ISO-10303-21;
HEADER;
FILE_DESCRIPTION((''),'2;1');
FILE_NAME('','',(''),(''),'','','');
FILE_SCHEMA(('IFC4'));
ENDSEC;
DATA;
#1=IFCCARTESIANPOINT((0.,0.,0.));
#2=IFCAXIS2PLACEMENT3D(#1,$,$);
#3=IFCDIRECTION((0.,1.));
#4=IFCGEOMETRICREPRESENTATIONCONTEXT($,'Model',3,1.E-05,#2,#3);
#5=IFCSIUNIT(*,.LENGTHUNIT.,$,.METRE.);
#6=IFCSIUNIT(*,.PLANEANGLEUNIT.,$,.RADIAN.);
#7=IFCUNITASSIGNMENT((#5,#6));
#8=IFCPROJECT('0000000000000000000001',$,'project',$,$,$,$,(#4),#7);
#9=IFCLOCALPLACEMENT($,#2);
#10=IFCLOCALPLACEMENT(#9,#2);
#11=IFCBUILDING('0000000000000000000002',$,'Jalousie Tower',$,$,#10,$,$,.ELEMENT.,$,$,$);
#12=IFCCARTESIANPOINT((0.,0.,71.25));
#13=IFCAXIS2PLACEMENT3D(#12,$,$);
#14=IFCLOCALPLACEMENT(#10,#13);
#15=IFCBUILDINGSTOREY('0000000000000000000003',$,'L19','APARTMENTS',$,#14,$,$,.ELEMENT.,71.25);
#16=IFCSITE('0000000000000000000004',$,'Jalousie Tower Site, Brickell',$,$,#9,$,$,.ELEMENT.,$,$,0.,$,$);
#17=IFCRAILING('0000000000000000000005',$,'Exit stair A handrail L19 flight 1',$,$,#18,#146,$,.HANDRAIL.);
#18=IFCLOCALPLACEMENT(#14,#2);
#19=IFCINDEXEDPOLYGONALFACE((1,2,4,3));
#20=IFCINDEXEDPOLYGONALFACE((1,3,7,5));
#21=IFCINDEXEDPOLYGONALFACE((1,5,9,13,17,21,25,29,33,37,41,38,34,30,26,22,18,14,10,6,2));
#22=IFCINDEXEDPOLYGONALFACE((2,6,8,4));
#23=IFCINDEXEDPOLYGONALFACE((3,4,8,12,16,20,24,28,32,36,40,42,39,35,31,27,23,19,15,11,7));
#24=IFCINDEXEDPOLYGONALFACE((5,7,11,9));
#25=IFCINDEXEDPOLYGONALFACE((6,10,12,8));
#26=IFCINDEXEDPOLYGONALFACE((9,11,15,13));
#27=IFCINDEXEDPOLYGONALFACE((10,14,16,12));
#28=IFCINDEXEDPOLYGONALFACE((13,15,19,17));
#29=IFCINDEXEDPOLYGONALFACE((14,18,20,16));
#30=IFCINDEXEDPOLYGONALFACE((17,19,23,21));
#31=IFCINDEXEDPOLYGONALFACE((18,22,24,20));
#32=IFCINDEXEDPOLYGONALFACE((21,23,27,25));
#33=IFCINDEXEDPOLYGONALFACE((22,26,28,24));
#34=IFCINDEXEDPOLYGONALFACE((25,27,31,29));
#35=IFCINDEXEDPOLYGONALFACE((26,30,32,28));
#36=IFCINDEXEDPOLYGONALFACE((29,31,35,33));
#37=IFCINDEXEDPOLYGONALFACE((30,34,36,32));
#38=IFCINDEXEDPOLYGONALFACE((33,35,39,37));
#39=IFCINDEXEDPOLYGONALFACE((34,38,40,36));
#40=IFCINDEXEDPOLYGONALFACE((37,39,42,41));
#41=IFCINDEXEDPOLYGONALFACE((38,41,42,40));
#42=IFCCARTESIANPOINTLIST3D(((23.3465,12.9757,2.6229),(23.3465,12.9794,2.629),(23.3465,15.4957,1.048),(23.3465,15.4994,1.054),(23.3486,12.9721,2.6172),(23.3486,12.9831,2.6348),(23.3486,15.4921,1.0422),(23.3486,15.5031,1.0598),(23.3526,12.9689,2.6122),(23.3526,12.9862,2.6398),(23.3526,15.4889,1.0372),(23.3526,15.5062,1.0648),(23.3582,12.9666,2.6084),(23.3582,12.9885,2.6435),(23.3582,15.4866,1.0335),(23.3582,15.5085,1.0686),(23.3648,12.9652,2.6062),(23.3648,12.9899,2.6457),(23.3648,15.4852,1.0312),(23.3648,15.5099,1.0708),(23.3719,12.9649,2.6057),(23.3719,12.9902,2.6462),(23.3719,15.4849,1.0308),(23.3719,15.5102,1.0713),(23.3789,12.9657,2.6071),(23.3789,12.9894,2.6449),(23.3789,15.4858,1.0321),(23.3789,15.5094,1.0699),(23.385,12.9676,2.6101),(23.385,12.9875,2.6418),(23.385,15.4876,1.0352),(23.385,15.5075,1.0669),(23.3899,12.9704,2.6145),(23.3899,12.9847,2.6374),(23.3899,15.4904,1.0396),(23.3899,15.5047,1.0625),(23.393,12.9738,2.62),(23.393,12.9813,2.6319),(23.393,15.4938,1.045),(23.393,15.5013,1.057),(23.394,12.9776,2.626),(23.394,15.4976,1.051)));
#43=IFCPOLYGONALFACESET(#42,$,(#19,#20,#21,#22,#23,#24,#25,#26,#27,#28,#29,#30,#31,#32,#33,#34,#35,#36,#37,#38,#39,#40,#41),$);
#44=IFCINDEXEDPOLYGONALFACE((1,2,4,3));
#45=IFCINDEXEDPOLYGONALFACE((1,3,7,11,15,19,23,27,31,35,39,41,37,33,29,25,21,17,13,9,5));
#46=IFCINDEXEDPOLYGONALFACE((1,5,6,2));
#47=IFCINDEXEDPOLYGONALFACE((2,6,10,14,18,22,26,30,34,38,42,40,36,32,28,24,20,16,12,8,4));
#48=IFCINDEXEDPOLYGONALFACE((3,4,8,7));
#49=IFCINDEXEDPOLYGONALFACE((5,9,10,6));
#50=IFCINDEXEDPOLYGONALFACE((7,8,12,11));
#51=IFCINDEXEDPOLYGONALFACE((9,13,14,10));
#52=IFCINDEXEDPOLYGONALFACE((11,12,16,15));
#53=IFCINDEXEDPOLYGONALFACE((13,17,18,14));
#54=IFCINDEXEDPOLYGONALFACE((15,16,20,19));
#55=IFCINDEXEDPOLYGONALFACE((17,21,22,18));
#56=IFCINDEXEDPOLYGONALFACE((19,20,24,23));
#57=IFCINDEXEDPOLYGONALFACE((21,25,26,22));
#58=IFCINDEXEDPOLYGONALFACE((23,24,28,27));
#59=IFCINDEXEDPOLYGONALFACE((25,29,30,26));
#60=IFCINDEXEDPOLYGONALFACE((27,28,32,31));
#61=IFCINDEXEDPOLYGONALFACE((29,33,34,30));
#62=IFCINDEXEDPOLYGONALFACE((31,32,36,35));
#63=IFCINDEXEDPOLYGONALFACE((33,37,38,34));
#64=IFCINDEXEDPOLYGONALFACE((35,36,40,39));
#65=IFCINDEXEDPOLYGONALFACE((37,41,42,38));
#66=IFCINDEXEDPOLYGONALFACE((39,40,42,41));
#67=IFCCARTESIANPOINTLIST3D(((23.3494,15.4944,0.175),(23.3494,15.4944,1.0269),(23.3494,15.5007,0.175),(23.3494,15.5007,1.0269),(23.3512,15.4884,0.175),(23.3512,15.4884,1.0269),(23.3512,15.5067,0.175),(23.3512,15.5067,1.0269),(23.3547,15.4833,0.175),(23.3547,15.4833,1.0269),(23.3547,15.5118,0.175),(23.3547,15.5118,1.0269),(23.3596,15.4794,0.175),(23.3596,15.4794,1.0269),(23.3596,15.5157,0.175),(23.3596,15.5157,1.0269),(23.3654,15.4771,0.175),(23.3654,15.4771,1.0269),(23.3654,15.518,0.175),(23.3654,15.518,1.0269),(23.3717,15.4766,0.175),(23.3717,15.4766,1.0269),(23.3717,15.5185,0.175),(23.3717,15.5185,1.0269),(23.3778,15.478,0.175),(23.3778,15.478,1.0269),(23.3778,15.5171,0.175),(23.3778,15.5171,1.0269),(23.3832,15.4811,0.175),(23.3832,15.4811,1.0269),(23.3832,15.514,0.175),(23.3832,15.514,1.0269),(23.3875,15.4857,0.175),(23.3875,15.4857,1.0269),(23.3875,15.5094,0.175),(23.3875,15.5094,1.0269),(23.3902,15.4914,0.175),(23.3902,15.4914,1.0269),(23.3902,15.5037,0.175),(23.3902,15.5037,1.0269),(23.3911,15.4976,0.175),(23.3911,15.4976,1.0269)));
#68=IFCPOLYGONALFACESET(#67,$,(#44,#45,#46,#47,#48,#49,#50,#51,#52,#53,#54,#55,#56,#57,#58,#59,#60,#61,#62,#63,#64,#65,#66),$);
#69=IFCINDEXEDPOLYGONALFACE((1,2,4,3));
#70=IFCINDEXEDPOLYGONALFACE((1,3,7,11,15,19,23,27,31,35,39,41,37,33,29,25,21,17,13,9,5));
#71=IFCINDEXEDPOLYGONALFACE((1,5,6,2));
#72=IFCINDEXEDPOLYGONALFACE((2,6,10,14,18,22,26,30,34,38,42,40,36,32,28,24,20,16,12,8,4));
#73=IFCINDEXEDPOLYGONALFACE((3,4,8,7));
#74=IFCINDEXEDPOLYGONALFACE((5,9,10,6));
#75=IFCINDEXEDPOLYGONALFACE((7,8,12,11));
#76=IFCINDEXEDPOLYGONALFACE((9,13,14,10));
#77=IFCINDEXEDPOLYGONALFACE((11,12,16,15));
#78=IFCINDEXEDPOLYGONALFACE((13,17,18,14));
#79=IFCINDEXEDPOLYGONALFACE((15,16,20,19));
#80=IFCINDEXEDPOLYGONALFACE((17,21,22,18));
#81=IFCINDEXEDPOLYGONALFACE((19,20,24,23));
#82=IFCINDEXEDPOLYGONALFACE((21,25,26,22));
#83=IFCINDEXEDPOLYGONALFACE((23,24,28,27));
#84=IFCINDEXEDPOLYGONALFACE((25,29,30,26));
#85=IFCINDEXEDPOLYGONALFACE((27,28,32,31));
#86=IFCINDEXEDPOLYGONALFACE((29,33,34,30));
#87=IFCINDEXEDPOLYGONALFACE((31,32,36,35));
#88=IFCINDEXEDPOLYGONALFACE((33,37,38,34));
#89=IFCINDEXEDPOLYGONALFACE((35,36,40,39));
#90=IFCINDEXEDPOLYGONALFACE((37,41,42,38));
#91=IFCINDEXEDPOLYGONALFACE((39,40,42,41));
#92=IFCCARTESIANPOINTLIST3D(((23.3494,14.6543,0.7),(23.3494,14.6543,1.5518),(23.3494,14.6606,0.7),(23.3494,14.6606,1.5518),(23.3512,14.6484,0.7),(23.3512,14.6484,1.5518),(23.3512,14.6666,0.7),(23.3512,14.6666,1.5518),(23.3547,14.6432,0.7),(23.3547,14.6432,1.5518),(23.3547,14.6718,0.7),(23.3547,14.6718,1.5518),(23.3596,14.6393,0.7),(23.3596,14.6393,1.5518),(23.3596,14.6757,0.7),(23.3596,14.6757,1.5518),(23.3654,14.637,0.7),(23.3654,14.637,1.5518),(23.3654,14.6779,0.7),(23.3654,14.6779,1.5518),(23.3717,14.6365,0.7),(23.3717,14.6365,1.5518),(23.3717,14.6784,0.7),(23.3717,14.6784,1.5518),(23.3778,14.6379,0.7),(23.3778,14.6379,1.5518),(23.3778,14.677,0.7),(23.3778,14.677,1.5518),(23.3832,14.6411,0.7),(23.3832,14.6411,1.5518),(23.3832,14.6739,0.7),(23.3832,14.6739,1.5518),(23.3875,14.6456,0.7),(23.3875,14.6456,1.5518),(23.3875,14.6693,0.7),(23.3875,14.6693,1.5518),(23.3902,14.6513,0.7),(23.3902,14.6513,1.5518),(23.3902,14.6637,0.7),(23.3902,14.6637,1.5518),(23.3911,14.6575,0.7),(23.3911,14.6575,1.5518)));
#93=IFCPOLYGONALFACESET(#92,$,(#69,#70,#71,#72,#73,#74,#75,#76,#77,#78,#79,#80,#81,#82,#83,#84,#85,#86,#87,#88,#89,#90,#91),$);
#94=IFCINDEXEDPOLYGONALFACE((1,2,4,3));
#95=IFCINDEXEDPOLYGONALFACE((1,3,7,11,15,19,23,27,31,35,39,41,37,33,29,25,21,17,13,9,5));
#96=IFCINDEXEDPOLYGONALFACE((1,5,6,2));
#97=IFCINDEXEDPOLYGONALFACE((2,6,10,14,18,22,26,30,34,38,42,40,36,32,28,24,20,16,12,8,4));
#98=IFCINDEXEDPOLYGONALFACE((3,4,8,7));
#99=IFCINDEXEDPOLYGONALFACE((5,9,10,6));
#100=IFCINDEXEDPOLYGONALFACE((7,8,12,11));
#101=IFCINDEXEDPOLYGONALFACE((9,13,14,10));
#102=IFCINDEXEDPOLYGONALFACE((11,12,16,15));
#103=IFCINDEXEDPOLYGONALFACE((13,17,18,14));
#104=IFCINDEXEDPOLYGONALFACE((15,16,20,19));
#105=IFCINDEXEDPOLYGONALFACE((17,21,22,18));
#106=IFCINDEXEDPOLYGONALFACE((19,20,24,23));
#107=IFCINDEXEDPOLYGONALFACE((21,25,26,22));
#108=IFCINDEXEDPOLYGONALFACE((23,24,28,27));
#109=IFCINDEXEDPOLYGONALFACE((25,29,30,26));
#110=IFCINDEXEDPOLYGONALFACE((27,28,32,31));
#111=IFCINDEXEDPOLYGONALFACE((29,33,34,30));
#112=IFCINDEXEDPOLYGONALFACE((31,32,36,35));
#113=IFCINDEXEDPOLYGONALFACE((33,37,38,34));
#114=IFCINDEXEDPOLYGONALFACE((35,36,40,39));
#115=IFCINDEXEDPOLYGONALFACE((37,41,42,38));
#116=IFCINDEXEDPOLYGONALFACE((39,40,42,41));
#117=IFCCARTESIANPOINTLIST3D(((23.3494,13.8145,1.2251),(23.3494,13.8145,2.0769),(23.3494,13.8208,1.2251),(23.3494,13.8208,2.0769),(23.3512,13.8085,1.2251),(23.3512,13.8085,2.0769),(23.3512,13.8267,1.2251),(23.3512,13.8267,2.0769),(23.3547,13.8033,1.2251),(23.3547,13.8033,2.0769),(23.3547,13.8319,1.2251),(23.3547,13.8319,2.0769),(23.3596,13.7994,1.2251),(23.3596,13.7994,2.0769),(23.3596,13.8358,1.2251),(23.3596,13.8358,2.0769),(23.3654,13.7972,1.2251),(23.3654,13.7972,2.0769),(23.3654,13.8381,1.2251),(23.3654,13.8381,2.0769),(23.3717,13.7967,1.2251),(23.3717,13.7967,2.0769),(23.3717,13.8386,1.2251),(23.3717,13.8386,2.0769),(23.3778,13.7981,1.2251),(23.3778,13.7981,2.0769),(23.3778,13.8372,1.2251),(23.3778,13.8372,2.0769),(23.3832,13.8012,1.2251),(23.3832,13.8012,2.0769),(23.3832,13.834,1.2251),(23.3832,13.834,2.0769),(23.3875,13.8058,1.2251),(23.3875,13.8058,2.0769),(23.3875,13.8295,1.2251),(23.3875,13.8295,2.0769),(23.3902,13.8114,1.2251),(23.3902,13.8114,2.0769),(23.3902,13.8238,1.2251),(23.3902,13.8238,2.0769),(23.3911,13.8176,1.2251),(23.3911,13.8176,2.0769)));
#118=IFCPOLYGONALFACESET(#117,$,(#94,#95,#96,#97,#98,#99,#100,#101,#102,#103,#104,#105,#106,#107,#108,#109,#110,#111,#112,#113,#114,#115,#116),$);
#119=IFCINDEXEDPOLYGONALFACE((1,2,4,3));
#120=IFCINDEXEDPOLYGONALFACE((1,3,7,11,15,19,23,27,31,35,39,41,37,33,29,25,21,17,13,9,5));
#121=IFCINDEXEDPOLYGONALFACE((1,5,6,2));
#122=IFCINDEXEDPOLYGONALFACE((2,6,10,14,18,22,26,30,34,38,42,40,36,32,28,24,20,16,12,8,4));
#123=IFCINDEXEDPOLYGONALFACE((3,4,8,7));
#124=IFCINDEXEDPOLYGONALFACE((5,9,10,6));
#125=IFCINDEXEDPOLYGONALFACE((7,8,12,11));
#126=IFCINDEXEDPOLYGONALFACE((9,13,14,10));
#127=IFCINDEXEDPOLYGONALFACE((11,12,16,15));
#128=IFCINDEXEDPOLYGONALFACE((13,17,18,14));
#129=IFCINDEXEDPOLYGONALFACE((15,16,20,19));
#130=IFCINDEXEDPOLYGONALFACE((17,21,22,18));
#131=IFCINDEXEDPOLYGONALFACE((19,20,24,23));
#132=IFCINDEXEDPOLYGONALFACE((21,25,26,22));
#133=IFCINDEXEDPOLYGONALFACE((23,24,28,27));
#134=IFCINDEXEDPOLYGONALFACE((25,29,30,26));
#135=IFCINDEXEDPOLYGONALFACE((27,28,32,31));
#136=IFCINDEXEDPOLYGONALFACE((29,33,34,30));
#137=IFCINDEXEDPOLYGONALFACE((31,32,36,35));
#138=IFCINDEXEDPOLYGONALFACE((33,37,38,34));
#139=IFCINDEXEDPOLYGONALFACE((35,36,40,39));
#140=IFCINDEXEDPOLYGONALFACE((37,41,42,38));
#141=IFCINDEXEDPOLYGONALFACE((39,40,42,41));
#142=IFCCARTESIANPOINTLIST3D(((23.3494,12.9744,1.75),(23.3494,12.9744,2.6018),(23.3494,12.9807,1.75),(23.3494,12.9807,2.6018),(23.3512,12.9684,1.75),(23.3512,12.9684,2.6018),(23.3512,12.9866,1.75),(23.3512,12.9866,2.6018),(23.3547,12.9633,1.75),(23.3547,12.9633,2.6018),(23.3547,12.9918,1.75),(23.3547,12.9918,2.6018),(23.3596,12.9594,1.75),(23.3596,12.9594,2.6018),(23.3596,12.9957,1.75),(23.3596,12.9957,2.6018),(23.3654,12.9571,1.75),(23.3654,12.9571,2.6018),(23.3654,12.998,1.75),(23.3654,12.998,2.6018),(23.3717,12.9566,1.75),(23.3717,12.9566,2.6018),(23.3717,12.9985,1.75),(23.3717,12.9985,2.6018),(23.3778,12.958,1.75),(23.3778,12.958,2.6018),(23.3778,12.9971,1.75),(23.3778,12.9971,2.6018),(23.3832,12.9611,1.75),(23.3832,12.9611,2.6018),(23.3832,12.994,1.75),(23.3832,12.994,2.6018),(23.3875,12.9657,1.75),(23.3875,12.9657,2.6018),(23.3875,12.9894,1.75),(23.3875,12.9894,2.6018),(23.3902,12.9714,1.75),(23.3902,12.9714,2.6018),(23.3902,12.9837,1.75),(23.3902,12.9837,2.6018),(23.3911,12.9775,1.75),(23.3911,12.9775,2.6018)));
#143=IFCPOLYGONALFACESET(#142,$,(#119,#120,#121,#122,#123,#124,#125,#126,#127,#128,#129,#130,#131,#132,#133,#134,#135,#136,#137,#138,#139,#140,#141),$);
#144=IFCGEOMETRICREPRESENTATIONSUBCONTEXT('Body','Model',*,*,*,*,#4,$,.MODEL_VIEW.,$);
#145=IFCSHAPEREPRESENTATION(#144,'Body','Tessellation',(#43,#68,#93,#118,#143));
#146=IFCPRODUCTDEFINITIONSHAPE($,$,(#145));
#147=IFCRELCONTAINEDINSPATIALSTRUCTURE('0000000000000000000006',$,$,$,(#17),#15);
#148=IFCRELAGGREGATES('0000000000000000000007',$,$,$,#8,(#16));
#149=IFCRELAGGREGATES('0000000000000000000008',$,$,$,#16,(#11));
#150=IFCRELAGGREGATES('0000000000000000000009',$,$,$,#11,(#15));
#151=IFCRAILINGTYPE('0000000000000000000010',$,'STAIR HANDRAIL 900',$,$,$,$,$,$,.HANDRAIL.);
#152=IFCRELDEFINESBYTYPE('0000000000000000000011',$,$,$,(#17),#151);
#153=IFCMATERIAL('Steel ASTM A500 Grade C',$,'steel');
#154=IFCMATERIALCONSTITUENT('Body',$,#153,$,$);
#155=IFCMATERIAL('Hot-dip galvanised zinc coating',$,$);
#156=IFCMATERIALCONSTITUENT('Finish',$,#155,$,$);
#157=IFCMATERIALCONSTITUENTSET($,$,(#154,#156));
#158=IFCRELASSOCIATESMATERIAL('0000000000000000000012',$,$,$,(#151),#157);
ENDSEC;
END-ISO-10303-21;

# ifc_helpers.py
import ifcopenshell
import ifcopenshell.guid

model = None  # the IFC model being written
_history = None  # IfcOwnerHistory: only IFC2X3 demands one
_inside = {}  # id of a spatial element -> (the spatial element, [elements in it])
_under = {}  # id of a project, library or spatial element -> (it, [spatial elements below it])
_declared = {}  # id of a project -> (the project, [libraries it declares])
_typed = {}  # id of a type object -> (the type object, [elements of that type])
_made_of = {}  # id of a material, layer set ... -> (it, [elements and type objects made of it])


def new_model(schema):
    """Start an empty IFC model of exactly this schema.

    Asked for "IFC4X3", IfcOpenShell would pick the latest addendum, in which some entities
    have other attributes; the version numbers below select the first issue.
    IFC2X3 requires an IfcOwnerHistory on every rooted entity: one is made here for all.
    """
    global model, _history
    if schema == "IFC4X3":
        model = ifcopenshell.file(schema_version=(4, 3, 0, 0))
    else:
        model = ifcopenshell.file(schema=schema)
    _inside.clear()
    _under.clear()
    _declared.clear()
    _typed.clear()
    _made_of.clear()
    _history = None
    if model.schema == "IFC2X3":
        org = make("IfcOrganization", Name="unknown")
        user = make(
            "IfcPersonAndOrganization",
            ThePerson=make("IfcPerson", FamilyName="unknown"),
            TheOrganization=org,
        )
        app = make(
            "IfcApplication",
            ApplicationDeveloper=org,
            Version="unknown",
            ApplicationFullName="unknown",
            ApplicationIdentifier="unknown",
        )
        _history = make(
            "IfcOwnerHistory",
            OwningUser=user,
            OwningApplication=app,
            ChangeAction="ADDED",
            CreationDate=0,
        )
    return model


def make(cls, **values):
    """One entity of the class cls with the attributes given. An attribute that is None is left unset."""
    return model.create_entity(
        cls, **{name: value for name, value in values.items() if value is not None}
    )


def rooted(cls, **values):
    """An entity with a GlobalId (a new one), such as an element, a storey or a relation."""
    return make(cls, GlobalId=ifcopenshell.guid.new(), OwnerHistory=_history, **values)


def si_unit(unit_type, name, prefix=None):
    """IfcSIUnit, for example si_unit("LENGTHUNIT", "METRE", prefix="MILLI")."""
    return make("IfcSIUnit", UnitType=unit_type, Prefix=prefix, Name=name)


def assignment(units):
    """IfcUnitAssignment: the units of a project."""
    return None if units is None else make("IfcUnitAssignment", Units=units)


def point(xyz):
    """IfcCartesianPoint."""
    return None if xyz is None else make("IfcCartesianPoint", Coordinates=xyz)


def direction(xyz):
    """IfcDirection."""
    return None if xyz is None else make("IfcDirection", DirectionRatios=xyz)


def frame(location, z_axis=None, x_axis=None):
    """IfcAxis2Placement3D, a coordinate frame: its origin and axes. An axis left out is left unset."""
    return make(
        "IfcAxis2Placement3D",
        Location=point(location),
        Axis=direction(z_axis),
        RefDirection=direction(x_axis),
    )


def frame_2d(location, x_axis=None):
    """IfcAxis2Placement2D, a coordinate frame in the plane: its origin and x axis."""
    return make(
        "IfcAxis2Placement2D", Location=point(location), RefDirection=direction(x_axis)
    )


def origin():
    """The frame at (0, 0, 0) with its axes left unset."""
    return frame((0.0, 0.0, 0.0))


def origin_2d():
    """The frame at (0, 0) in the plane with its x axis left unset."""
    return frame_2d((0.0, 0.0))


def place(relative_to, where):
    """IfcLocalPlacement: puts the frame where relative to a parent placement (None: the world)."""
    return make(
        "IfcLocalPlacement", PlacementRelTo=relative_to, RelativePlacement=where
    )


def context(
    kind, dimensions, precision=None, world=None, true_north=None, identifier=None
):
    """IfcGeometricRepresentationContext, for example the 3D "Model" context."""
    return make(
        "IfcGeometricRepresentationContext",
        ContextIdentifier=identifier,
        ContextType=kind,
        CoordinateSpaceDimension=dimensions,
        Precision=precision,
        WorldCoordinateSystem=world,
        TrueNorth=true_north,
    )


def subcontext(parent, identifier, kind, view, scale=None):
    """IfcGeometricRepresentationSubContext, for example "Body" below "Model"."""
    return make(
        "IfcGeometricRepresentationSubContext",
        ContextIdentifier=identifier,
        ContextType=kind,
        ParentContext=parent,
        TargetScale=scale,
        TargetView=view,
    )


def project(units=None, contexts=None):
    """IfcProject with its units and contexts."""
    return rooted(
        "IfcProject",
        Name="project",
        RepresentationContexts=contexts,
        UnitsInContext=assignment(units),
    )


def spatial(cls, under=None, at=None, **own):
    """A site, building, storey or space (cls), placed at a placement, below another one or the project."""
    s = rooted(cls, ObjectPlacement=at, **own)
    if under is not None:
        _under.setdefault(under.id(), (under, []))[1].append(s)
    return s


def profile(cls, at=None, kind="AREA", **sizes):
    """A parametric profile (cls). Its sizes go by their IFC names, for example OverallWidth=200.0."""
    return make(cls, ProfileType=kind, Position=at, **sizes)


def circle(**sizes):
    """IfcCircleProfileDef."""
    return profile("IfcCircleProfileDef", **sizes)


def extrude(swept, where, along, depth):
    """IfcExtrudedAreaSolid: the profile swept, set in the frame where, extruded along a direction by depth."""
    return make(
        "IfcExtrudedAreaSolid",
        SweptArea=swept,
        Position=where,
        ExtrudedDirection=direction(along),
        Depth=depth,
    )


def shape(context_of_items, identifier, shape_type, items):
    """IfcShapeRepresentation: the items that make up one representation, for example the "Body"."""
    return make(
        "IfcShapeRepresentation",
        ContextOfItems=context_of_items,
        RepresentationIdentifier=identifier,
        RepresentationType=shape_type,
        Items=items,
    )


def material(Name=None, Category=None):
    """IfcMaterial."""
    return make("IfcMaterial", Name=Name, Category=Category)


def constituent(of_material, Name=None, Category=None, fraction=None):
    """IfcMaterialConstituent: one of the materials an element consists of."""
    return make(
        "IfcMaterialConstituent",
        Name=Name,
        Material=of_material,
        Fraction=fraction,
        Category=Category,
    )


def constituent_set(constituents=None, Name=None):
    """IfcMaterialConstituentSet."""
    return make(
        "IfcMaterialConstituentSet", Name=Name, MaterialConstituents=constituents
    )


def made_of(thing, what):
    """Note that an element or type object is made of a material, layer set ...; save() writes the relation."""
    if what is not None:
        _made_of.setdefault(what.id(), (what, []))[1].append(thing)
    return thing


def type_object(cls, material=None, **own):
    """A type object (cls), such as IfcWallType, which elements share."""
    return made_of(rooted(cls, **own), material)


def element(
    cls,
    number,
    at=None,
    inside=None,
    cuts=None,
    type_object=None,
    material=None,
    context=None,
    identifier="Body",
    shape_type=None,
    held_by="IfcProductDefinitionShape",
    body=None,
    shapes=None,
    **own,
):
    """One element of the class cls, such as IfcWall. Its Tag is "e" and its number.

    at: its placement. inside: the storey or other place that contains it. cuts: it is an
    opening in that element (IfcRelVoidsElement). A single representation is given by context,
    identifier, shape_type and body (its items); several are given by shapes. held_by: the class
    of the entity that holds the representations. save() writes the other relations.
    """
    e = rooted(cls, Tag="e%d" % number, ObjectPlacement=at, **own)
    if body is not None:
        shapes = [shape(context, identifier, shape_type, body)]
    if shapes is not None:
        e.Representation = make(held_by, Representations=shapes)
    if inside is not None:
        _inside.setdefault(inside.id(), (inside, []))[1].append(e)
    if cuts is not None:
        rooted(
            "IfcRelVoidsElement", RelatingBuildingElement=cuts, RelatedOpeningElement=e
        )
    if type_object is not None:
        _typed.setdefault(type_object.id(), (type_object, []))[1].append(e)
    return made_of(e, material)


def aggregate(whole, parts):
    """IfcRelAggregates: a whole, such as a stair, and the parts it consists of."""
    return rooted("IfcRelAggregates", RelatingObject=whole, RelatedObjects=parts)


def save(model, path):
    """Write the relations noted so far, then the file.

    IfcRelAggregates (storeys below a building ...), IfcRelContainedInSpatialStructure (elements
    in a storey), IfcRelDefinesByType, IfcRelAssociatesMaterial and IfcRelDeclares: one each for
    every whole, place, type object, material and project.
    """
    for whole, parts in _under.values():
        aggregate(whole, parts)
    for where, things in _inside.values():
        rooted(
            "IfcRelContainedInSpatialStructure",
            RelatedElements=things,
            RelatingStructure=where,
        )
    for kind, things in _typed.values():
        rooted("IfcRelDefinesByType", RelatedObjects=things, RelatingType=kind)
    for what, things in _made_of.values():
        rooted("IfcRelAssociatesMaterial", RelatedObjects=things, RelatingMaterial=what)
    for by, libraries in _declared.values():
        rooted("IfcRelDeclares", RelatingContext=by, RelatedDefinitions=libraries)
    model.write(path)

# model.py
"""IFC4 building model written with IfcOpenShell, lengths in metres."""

from ifc_helpers import new_model, si_unit, direction, frame, origin, origin_2d, place, context, subcontext, project, spatial, circle, extrude, material, constituent, constituent_set, type_object, element, save


model = new_model("IFC4")

# Units and contexts
model_context = context("Model", 3, precision=1e-05, world=origin(), true_north=direction((0.0, 1.0)))
body_context = subcontext(model_context, "Body", "Model", "MODEL_VIEW")
ifc_project = project(units=[si_unit("LENGTHUNIT", "METRE"), si_unit("PLANEANGLEUNIT", "RADIAN")], contexts=[model_context])

# Site, building, storey
site_placement = place(None, origin())
site = spatial("IfcSite", under=ifc_project, at=site_placement, Name="Jalousie Tower Site, Brickell", CompositionType="ELEMENT", RefElevation=0.0)
building_placement = place(site_placement, origin())
building = spatial("IfcBuilding", under=site, at=building_placement, Name="Jalousie Tower", CompositionType="ELEMENT")
storey_placement = place(building_placement, frame((0.0, 0.0, 71.25)))
storey = spatial("IfcBuildingStorey", under=building, at=storey_placement, Name="L19", Description="APARTMENTS", CompositionType="ELEMENT", Elevation=71.25)

# Railing
ifc_material_1 = material(Name="Steel ASTM A500 Grade C", Category="steel")
ifc_constituent_1 = constituent(ifc_material_1, Name="Body")
ifc_material_2 = material(Name="Hot-dip galvanised zinc coating")
ifc_constituent_2 = constituent(ifc_material_2, Name="Finish")
ifc_constituent_set_1 = constituent_set(constituents=[ifc_constituent_1, ifc_constituent_2])
railing_type_1 = type_object("IfcRailingType", Name="STAIR HANDRAIL 900", PredefinedType="HANDRAIL", material=ifc_constituent_set_1)
railing_1_placement = place(storey_placement, frame((23.3701, 15.4976, 0.175)))
element("IfcRailing", 1, at=railing_1_placement, inside=storey, type_object=railing_type_1, Name="Exit stair A handrail L19 flight 1", PredefinedType="HANDRAIL", context=body_context, shape_type="SweptSolid", body=[
    extrude(circle(Radius=0.0239, at=origin_2d()), frame((0.0, 0.0, 0.876), z_axis=(0.0, -0.848008, 0.529984), x_axis=(1.0, 0.0, 0.0)), (0.0, 0.0, 1.0), 2.9717),
    extrude(circle(Radius=0.021, at=origin_2d()), origin(), (0.0, 0.0, 1.0), 0.8518),
    extrude(circle(Radius=0.021, at=origin_2d()), frame((0.0, -0.8401, 0.5249)), (0.0, 0.0, 1.0), 0.8518),
    extrude(circle(Radius=0.021, at=origin_2d()), frame((0.0, -1.6799, 1.05)), (0.0, 0.0, 1.0), 0.8518),
    extrude(circle(Radius=0.021, at=origin_2d()), frame((0.0, -2.52, 1.575)), (0.0, 0.0, 1.0), 0.8518),
])

save(model, "model.ifc")
